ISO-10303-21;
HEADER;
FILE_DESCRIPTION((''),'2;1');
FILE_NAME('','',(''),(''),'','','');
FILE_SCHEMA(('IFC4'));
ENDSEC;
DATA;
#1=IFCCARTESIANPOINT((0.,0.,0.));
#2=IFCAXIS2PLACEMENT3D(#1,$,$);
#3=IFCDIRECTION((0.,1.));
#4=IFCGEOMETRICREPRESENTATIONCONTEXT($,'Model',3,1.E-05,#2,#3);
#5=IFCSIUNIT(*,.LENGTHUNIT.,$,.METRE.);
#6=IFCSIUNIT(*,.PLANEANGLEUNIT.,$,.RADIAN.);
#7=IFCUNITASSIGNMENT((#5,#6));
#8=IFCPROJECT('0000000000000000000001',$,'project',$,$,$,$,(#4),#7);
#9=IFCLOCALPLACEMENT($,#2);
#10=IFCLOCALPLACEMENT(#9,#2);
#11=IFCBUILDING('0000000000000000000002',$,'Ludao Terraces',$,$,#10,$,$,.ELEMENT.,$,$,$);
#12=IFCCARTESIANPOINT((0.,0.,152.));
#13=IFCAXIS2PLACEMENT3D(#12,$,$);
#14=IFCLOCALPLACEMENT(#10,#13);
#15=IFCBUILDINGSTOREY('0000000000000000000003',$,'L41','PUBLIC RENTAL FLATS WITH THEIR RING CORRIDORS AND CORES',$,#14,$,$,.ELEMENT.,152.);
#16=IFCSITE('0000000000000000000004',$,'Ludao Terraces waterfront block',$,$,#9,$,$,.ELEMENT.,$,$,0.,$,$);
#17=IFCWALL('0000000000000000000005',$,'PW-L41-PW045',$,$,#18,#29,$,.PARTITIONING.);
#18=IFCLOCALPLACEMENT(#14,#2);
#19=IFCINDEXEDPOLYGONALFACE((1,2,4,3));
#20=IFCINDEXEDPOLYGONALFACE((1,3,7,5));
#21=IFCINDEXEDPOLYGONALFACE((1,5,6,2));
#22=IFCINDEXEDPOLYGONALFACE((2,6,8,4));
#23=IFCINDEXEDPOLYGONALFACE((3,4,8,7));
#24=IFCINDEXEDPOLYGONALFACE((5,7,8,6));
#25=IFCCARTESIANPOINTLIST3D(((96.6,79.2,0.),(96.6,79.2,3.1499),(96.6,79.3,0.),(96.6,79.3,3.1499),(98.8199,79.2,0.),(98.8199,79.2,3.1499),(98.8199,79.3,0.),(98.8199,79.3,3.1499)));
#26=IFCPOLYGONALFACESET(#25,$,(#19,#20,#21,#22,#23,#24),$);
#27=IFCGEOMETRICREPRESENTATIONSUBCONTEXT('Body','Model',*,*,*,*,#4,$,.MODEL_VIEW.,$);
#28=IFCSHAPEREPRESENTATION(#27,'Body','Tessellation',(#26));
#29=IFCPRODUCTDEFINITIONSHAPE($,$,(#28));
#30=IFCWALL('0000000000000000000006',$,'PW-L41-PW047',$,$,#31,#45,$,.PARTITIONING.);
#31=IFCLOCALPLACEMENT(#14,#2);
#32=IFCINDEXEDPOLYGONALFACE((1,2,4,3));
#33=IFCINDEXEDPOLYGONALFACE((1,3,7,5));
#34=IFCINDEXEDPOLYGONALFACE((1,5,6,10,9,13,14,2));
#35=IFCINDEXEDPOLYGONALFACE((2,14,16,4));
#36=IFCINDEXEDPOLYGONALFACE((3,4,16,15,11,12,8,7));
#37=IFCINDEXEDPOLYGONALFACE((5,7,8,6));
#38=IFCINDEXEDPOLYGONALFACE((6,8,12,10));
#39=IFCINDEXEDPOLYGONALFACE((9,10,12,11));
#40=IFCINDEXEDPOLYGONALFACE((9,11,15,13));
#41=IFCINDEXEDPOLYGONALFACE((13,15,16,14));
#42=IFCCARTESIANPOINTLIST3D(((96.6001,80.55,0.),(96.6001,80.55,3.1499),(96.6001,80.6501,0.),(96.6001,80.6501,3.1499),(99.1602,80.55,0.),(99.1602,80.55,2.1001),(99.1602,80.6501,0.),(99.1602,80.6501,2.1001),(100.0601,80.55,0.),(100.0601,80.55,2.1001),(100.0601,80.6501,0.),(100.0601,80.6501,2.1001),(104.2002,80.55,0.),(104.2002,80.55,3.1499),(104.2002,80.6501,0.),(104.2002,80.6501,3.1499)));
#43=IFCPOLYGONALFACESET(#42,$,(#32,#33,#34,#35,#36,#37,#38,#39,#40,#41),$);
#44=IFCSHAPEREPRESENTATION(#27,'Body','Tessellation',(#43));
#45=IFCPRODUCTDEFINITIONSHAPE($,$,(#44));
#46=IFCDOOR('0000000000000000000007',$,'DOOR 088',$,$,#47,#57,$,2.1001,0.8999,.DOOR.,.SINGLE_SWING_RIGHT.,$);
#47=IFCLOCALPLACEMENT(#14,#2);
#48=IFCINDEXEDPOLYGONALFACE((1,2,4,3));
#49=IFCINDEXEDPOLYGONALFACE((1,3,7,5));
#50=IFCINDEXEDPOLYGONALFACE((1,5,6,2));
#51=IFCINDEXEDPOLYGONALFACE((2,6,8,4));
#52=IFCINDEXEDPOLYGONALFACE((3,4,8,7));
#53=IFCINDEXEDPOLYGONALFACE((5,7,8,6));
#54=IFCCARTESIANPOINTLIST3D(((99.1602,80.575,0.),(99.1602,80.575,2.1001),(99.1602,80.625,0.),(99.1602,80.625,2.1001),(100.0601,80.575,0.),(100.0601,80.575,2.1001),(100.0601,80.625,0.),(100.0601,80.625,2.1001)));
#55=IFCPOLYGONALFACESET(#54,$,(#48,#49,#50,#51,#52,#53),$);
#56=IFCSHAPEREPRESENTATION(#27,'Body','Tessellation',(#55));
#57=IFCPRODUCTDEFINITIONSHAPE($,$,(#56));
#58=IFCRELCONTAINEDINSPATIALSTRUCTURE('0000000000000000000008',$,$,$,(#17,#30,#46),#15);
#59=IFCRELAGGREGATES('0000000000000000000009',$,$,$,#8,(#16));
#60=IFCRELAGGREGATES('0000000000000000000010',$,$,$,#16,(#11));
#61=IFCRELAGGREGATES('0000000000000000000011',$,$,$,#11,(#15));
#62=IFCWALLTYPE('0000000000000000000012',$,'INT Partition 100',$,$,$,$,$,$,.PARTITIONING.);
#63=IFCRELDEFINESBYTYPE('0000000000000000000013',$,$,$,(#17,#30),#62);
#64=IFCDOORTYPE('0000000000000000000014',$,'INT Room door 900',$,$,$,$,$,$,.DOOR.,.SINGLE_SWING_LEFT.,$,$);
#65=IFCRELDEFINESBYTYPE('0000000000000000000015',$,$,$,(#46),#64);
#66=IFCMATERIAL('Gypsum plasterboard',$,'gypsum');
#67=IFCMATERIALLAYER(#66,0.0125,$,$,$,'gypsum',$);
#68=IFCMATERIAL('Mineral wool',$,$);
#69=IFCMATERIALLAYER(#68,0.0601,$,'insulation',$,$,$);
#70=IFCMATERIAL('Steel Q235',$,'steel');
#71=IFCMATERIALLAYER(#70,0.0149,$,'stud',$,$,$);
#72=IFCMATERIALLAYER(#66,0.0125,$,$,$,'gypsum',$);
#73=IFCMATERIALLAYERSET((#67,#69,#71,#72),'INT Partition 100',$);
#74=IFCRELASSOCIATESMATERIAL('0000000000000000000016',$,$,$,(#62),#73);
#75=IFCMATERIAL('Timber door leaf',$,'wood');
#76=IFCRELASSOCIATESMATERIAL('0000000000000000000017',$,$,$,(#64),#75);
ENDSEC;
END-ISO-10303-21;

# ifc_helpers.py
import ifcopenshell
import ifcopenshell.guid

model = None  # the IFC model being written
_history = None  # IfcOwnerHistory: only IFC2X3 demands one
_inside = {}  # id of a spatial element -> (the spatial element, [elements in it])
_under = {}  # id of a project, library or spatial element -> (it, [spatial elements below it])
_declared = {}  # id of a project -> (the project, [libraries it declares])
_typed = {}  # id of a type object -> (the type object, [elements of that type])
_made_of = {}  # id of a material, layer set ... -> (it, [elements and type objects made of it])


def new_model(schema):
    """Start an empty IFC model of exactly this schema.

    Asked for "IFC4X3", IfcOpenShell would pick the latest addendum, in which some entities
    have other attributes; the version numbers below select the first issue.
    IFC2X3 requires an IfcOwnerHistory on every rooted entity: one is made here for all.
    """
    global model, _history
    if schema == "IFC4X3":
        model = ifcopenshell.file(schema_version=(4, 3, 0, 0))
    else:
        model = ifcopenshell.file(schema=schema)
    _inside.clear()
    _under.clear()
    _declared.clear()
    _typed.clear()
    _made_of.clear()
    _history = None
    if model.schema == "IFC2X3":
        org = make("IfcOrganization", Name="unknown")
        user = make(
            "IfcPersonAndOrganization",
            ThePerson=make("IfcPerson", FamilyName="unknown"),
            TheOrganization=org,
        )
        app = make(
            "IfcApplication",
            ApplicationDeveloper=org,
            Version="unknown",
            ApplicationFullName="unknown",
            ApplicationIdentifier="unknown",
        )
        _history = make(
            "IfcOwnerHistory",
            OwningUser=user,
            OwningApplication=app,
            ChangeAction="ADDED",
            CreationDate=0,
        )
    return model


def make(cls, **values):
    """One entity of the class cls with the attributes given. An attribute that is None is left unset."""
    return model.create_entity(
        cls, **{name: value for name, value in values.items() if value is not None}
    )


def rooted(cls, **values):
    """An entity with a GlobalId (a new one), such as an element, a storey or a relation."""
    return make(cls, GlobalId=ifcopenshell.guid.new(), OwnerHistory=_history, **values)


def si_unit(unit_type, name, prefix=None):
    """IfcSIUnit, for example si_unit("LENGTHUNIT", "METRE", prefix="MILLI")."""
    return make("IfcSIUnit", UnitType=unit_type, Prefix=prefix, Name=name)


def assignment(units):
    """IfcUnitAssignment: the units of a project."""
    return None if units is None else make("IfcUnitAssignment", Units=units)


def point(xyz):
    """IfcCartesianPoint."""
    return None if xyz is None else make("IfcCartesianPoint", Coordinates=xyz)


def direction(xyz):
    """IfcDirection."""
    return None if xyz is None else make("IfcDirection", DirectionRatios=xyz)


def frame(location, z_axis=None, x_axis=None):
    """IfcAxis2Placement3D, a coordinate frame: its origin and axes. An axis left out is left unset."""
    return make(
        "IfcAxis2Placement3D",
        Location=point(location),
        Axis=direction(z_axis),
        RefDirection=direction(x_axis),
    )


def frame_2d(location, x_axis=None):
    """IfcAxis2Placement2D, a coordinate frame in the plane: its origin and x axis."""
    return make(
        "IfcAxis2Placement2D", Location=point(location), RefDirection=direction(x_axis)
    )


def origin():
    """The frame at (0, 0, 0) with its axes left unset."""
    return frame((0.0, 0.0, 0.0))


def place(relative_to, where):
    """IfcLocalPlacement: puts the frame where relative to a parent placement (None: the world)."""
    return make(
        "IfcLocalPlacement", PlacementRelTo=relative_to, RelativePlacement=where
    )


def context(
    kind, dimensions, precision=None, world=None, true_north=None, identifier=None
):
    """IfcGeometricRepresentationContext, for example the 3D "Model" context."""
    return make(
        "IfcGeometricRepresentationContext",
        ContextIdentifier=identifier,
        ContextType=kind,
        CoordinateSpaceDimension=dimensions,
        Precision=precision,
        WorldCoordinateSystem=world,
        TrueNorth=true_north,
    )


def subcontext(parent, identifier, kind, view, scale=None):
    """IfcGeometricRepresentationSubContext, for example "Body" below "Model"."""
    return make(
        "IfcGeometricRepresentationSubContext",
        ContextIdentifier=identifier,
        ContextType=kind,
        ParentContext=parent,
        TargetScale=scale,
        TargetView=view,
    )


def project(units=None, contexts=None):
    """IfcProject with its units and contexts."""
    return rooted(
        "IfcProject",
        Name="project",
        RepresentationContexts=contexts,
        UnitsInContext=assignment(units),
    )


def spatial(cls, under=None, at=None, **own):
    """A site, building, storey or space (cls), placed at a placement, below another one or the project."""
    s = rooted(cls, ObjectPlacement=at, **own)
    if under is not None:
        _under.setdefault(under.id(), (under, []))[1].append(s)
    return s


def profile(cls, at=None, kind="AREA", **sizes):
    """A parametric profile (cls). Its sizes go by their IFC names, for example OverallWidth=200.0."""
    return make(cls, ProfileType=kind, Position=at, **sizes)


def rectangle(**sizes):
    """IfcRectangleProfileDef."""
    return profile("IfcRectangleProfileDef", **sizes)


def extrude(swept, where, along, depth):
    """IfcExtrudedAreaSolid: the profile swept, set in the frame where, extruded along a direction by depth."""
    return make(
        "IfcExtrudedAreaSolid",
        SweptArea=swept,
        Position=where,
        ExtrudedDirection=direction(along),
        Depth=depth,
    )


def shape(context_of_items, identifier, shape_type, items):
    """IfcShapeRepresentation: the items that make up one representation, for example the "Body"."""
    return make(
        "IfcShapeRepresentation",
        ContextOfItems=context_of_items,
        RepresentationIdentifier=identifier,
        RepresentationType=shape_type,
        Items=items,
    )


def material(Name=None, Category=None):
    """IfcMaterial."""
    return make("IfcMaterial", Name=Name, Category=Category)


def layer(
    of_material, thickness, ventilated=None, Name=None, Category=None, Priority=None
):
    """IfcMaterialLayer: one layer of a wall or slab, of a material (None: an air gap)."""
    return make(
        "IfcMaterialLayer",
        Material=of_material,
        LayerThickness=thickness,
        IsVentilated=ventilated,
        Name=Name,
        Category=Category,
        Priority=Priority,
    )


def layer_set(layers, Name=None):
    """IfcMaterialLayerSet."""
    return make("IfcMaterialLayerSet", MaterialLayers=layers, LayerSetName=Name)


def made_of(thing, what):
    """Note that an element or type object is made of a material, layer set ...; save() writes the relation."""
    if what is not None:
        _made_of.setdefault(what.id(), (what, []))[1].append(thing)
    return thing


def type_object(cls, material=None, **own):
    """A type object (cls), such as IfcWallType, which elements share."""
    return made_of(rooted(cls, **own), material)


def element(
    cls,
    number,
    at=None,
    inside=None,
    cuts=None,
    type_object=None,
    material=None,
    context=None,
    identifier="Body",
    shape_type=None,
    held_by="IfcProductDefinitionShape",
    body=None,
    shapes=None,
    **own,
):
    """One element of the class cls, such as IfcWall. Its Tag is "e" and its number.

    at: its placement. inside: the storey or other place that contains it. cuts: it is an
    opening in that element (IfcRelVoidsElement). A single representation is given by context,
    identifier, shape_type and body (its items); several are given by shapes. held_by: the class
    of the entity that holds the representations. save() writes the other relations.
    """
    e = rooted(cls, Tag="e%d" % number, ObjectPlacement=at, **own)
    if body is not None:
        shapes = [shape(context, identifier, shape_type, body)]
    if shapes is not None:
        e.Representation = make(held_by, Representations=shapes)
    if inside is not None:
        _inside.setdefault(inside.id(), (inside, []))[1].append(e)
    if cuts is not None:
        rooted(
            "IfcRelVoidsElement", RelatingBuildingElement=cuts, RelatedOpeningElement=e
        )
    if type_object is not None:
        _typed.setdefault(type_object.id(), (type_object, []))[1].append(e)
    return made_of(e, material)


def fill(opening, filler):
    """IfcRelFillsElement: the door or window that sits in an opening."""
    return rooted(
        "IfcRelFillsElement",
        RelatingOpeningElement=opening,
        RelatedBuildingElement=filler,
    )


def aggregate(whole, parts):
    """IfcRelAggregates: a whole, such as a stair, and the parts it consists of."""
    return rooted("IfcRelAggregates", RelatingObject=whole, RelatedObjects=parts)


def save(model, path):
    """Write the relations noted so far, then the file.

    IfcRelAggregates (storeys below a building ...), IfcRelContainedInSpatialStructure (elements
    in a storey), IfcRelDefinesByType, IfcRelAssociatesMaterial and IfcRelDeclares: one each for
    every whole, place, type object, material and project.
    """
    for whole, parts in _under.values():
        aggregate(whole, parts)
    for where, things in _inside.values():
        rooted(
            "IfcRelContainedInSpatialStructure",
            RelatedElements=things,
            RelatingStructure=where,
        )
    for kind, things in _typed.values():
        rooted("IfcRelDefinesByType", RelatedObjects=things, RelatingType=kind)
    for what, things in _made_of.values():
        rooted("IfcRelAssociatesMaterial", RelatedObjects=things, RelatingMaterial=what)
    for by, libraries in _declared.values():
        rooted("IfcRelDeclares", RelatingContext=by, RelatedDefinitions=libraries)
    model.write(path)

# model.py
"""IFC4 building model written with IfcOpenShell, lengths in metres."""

from ifc_helpers import new_model, si_unit, direction, frame, frame_2d, origin, place, context, subcontext, project, spatial, rectangle, extrude, material, layer, layer_set, type_object, element, fill, save


model = new_model("IFC4")

# Units and contexts
model_context = context("Model", 3, precision=1e-05, world=origin(), true_north=direction((0.0, 1.0)))
body_context = subcontext(model_context, "Body", "Model", "MODEL_VIEW")
ifc_project = project(units=[si_unit("LENGTHUNIT", "METRE"), si_unit("PLANEANGLEUNIT", "RADIAN")], contexts=[model_context])

# Site, building, storey
site_placement = place(None, origin())
site = spatial("IfcSite", under=ifc_project, at=site_placement, Name="Ludao Terraces waterfront block", CompositionType="ELEMENT", RefElevation=0.0)
building_placement = place(site_placement, origin())
building = spatial("IfcBuilding", under=site, at=building_placement, Name="Ludao Terraces", CompositionType="ELEMENT")
storey_placement = place(building_placement, frame((0.0, 0.0, 152.0)))
storey = spatial("IfcBuildingStorey", under=building, at=storey_placement, Name="L41", Description="PUBLIC RENTAL FLATS WITH THEIR RING CORRIDORS AND CORES", CompositionType="ELEMENT", Elevation=152.0)

# Shared definitions
ifc_material_1 = material(Name="Steel Q235", Category="steel")

# Shared definitions
ifc_material_2 = material(Name="Mineral wool")

# Wall
ifc_material_3 = material(Name="Gypsum plasterboard", Category="gypsum")
ifc_layer_1 = layer(ifc_material_3, 0.0125, Category="gypsum")
ifc_layer_2 = layer(ifc_material_2, 0.0601, Name="insulation")
ifc_layer_3 = layer(ifc_material_1, 0.0149, Name="stud")
ifc_layer_4 = layer(ifc_material_3, 0.0125, Category="gypsum")
ifc_layer_set_1 = layer_set([ifc_layer_1, ifc_layer_2, ifc_layer_3, ifc_layer_4], Name="INT Partition 100")
wall_type_1 = type_object("IfcWallType", Name="INT Partition 100", PredefinedType="PARTITIONING", material=ifc_layer_set_1)
for number, where, z_axis, x_axis, name in (
    (1, (96.6001, 79.25, 0.0), (0.0, 0.0, 1.0), (1.0, 0.0, 0.0), "PW-L41-PW045"),
):
    element("IfcWall", number, at=place(storey_placement, frame(where, z_axis=z_axis, x_axis=x_axis)), inside=storey, type_object=wall_type_1, Name=name, PredefinedType="PARTITIONING", context=body_context, shape_type="SweptSolid", body=[
        extrude(rectangle(XDim=2.22, YDim=0.1001, at=frame_2d((1.1099, 0.0))), origin(), (0.0, 0.0, 1.0), 3.1499),
    ])

# Wall, opening, door
wall_1_placement = place(storey_placement, frame((96.6001, 80.6001, 0.0), z_axis=(0.0, 0.0, 1.0), x_axis=(1.0, 0.0, 0.0)))
wall_1 = element("IfcWall", 2, at=wall_1_placement, inside=storey, type_object=wall_type_1, Name="PW-L41-PW047", PredefinedType="PARTITIONING", context=body_context, shape_type="SweptSolid", body=[
    extrude(rectangle(XDim=7.6001, YDim=0.1001, at=frame_2d((3.8, 0.0))), origin(), (0.0, 0.0, 1.0), 3.1499),
])
opening_1_placement = place(wall_1_placement, frame((2.5601, 0.0, 0.0)))
opening_1 = element("IfcOpeningElement", 3, at=opening_1_placement, cuts=wall_1, PredefinedType="OPENING", context=body_context, shape_type="SweptSolid", body=[
    extrude(rectangle(XDim=0.8999, YDim=2.1001, at=frame_2d((0.45, 1.05))), frame((0.0, 0.0601, 0.0), z_axis=(0.0, -1.0, 0.0), x_axis=(1.0, 0.0, 0.0)), (0.0, 0.0, 1.0), 0.1201),
])
ifc_material_4 = material(Name="Timber door leaf", Category="wood")
door_type_1 = type_object("IfcDoorType", Name="INT Room door 900", OperationType="SINGLE_SWING_LEFT", PredefinedType="DOOR", material=ifc_material_4)
door_1_placement = place(opening_1_placement, origin())
door_1 = element("IfcDoor", 4, at=door_1_placement, inside=storey, type_object=door_type_1, Name="DOOR 088", OperationType="SINGLE_SWING_RIGHT", OverallHeight=2.1001, OverallWidth=0.8999, PredefinedType="DOOR", context=body_context, shape_type="SweptSolid", body=[
    extrude(rectangle(XDim=0.8999, YDim=2.1001, at=frame_2d((0.45, 1.05))), frame((0.0, 0.0249, 0.0), z_axis=(0.0, -1.0, 0.0), x_axis=(1.0, 0.0, 0.0)), (0.0, 0.0, 1.0), 0.05),
])
fill(opening_1, door_1)

save(model, "model.ifc")
